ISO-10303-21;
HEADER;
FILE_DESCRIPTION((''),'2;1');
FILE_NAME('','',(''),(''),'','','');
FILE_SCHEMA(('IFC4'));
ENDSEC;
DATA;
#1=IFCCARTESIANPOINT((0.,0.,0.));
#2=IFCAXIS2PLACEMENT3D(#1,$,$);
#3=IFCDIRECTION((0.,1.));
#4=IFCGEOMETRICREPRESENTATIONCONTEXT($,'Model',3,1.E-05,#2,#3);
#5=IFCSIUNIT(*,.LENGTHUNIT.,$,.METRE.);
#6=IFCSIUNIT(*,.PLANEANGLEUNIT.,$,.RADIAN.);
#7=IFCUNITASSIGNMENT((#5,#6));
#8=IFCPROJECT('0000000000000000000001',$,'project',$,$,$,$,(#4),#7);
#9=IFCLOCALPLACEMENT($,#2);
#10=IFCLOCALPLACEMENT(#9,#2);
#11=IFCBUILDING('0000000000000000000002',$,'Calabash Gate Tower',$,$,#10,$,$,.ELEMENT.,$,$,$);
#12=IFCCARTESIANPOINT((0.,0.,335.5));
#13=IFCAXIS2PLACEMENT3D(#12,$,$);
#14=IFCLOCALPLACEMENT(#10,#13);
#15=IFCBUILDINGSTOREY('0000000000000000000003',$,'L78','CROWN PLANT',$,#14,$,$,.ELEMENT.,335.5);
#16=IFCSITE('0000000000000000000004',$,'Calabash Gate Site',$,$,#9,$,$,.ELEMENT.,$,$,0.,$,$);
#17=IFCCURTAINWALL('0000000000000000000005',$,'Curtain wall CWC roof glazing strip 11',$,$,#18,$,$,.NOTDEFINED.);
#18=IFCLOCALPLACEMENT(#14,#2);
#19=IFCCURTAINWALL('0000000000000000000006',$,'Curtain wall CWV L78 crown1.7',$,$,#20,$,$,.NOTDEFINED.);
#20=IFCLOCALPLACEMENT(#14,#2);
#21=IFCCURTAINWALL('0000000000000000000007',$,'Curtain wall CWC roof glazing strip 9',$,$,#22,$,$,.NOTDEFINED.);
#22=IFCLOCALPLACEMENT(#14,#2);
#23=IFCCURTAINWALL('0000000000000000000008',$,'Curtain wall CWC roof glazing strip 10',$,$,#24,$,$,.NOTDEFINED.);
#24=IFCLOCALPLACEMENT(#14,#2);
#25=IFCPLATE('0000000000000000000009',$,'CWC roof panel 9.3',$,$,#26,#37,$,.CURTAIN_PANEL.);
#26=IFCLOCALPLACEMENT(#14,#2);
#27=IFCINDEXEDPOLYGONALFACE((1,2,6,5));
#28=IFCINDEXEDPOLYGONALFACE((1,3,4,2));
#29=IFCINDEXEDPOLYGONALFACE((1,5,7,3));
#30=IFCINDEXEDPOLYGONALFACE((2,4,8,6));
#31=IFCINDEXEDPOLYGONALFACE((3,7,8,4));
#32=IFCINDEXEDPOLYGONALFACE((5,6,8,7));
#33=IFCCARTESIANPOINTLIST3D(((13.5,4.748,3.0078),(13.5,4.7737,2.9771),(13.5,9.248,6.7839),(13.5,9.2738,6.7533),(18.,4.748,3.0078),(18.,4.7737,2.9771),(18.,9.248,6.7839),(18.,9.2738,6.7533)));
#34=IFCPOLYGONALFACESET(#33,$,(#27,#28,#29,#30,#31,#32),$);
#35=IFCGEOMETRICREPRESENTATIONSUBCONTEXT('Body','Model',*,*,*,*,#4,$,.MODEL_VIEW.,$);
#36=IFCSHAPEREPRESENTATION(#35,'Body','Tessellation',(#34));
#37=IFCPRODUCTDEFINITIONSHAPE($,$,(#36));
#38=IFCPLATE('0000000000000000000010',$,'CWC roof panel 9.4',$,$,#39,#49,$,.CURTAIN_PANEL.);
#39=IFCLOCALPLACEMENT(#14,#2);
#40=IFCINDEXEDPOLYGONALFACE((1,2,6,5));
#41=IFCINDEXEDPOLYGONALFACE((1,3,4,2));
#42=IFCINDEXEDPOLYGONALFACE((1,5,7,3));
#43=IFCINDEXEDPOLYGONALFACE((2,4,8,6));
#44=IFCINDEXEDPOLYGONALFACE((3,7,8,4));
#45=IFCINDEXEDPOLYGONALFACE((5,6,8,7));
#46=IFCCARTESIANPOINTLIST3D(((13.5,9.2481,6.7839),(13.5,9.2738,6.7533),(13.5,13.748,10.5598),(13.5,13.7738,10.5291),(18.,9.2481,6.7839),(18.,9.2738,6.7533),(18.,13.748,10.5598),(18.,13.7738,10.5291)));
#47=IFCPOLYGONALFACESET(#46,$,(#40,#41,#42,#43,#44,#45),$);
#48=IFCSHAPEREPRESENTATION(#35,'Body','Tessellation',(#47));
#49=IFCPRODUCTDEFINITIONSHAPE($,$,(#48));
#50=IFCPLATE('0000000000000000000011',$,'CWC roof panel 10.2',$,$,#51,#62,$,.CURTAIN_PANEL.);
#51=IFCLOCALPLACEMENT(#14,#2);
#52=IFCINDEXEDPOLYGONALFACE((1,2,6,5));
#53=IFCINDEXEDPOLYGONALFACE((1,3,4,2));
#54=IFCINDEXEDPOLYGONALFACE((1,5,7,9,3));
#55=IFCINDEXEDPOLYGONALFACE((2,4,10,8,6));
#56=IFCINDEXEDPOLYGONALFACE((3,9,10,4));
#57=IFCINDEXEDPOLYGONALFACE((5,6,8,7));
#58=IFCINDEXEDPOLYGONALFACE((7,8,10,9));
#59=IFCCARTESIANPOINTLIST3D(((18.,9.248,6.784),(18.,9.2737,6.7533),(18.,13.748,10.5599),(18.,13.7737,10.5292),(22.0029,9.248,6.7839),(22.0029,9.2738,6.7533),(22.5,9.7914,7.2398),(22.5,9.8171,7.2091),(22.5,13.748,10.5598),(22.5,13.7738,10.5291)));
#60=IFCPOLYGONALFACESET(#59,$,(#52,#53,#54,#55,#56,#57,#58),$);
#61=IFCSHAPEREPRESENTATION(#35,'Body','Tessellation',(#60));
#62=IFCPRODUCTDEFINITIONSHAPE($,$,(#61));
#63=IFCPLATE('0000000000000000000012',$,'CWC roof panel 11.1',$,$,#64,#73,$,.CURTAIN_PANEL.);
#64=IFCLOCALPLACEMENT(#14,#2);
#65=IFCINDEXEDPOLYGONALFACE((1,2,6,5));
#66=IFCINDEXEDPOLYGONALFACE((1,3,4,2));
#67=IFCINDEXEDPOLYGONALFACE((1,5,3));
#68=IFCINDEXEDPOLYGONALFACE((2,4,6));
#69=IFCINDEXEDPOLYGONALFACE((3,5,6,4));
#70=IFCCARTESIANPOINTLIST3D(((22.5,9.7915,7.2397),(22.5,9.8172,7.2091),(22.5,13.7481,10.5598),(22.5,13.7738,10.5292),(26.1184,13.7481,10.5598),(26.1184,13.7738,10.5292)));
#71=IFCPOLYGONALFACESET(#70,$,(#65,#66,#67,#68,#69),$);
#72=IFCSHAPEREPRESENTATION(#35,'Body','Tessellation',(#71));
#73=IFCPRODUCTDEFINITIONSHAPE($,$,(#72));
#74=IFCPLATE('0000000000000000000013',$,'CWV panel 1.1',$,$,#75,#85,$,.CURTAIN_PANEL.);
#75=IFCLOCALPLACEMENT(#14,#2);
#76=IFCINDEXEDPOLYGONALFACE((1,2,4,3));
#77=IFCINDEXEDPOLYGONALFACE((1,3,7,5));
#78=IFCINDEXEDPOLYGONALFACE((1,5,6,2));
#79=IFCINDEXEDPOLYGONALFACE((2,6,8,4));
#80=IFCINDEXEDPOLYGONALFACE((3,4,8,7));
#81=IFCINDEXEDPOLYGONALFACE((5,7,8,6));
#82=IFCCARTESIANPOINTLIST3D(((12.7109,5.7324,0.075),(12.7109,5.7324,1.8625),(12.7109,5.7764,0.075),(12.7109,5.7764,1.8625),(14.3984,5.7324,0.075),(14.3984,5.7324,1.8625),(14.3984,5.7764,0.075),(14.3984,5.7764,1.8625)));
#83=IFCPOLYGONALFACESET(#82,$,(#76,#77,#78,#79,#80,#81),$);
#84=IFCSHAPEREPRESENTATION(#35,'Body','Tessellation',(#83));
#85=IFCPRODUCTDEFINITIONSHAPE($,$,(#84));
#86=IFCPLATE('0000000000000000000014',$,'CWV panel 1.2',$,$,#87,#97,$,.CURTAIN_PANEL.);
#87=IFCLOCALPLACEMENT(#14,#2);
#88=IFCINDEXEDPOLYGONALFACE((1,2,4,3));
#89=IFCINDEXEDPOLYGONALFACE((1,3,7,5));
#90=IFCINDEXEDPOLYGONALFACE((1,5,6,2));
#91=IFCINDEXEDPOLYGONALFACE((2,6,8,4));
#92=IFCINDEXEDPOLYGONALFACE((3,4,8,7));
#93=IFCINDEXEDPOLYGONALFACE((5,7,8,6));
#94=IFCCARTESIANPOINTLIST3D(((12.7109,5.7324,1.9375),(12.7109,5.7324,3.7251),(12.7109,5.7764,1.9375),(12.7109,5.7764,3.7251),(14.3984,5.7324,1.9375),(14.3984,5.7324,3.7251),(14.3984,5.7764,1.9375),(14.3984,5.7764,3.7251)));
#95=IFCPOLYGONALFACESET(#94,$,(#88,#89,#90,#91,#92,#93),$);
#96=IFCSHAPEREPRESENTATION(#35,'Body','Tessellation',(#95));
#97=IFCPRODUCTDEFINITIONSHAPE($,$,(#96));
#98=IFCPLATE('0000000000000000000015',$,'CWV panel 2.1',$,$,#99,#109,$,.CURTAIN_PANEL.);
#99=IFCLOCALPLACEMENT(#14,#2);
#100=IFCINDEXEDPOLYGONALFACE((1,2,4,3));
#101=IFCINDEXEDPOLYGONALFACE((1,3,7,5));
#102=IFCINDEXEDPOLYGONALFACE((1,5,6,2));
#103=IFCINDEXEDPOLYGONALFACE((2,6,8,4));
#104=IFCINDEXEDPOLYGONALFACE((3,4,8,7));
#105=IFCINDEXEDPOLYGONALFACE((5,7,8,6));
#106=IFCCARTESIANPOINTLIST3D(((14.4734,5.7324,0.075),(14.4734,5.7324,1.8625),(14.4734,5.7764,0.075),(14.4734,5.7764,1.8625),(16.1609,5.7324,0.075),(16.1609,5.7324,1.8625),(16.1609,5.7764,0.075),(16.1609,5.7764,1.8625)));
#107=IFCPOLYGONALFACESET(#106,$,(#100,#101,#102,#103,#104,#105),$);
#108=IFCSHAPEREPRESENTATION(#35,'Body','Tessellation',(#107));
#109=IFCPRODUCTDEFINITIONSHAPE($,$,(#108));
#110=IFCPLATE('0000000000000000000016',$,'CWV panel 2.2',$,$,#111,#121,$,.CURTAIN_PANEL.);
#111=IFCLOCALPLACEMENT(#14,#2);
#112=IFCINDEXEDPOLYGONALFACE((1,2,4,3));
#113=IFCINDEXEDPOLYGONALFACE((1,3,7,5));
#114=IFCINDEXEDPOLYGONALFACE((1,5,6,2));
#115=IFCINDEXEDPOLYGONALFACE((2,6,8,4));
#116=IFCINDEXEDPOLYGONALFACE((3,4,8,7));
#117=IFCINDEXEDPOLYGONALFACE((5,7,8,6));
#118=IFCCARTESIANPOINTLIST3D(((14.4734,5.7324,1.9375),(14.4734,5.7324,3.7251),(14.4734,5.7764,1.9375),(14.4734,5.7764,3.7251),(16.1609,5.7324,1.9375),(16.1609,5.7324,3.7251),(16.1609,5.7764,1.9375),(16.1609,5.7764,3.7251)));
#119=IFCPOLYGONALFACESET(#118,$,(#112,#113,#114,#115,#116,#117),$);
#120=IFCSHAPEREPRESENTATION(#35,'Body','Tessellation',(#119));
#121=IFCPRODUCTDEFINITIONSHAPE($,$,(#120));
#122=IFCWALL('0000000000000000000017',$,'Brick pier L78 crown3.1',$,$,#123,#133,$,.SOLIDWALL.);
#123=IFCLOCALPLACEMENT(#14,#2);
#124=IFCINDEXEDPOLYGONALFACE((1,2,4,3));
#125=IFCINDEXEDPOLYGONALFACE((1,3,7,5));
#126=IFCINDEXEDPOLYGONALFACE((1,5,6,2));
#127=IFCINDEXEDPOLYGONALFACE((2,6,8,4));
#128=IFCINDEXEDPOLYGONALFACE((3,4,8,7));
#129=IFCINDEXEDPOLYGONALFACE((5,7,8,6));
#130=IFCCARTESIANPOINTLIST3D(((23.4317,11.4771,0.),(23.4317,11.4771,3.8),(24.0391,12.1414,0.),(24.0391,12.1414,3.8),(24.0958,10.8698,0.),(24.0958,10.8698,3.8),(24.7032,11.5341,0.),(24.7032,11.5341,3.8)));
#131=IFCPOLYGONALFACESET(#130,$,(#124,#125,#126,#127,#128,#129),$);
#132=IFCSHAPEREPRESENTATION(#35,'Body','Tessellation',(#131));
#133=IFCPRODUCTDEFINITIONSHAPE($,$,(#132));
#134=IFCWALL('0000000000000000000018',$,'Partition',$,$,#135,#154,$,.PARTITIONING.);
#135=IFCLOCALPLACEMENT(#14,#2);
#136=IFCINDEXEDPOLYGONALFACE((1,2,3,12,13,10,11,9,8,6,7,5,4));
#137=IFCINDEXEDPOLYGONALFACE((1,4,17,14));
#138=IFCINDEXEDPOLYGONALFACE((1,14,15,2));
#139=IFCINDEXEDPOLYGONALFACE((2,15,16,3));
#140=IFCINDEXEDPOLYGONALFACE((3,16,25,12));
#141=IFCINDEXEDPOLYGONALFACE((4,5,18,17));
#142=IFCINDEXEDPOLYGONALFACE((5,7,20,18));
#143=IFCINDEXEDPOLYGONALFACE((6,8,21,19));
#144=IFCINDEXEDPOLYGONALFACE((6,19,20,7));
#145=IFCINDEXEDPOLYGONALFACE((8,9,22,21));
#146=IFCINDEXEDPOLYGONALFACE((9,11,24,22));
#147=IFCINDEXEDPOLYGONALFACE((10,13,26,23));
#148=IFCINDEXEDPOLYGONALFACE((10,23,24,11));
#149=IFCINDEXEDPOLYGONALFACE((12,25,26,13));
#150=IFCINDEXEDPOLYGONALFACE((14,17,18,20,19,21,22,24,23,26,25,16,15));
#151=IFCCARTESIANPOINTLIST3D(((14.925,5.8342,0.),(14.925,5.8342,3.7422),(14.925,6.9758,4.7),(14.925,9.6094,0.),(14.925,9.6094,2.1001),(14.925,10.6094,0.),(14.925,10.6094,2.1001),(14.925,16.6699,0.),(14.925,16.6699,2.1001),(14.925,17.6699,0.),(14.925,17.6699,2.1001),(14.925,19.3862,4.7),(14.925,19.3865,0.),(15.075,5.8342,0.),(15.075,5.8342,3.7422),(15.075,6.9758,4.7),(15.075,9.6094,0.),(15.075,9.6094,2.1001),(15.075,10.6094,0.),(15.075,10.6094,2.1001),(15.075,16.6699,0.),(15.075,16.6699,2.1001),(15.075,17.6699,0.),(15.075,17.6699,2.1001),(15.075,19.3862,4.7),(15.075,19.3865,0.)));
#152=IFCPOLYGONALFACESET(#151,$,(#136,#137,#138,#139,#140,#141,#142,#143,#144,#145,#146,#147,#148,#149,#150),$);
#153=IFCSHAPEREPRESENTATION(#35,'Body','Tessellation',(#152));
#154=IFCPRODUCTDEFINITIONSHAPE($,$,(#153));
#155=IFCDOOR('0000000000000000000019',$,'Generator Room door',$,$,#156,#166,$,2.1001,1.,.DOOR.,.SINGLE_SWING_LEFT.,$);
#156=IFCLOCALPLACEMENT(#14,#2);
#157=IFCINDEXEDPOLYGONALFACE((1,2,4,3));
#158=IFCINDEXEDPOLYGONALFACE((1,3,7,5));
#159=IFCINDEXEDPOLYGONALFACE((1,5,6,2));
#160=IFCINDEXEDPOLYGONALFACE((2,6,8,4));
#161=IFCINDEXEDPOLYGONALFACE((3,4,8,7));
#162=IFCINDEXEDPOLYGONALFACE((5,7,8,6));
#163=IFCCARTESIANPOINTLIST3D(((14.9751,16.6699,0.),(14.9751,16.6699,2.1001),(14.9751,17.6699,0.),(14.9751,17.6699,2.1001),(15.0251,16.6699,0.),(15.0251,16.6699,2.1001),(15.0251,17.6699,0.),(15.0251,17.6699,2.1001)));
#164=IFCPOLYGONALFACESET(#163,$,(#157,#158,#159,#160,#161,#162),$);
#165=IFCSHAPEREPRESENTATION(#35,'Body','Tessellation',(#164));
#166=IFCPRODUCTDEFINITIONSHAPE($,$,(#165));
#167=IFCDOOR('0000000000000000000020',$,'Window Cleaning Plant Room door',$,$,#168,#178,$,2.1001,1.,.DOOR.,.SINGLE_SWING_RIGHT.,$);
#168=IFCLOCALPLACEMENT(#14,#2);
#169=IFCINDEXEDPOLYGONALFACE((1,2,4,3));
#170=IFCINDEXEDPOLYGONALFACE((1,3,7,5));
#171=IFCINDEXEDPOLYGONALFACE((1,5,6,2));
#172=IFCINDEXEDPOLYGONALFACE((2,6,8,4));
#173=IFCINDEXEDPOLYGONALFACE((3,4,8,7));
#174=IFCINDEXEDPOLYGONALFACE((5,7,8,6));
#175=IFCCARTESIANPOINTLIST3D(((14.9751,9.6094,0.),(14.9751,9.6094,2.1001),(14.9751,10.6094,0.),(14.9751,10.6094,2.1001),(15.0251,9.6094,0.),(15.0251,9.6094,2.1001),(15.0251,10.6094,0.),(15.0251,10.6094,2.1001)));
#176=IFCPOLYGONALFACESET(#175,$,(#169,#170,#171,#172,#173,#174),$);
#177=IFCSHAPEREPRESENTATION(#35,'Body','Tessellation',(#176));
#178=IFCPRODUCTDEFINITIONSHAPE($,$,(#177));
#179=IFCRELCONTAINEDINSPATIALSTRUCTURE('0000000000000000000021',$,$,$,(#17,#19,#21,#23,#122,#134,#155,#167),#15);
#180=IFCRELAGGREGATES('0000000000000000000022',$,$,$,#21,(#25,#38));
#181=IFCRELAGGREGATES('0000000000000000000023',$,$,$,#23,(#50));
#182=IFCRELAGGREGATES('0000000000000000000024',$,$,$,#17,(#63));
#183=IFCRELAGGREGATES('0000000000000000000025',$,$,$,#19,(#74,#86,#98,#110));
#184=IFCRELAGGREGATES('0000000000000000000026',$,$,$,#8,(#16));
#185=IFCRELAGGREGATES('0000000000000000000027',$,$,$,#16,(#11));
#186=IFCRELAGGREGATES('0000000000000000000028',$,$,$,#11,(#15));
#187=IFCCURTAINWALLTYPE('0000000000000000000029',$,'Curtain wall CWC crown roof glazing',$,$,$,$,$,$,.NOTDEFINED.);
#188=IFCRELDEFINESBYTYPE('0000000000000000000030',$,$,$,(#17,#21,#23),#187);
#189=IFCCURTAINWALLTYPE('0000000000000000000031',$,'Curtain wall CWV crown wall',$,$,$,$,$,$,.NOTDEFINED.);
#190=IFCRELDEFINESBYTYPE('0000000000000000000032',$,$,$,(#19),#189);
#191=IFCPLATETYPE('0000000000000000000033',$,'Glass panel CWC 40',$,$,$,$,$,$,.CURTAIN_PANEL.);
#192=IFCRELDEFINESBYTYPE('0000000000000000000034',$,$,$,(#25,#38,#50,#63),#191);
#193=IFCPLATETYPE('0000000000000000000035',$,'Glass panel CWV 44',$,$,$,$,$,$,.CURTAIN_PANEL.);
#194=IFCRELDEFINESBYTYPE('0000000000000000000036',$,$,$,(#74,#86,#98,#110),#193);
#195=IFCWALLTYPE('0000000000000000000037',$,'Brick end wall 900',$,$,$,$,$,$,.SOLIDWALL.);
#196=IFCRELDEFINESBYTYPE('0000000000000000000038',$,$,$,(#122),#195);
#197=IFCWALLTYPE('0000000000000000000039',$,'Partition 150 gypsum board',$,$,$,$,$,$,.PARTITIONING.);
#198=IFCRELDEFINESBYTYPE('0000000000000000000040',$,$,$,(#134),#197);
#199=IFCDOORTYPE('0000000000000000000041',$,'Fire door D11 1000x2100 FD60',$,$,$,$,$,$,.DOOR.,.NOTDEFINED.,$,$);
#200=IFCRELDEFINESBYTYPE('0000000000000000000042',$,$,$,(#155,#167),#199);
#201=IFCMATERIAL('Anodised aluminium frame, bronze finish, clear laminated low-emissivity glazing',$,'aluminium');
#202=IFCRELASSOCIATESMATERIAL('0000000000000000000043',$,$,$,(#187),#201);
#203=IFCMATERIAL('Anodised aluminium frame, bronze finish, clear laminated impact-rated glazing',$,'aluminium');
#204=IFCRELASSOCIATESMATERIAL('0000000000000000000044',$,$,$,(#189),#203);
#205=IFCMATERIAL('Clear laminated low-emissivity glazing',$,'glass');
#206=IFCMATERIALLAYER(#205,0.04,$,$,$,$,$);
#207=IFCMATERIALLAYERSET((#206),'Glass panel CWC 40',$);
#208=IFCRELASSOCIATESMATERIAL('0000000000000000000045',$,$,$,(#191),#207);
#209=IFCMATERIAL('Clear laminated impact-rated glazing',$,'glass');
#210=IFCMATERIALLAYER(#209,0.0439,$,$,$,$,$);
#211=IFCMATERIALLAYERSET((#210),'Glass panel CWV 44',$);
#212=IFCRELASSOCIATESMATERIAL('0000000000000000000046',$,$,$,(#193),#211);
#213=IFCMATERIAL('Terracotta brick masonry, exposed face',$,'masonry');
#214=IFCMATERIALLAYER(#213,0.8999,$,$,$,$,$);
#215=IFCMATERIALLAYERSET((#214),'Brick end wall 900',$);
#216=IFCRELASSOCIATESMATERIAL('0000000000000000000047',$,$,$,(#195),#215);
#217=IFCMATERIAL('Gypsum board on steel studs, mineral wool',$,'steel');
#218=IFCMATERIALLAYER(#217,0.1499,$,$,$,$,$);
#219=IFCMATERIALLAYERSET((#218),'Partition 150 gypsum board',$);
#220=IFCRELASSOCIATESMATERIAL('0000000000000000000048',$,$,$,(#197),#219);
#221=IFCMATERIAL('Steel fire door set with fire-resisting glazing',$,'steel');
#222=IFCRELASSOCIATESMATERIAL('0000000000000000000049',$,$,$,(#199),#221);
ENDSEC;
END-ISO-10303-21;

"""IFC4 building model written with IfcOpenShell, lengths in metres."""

from ifc_helpers import new_model, si_unit, direction, frame, frame_2d, origin, origin_2d, place, context, subcontext, project, spatial, polyline, rectangle, outline, extrude, material, layer, layer_set, type_object, element, fill, aggregate, save


model = new_model("IFC4")

# Units and contexts
model_context = context("Model", 3, precision=1e-05, world=origin(), true_north=direction((0.0, 1.0)))
body_context = subcontext(model_context, "Body", "Model", "MODEL_VIEW")
ifc_project = project(units=[si_unit("LENGTHUNIT", "METRE"), si_unit("PLANEANGLEUNIT", "RADIAN")], contexts=[model_context])

# Site, building, storey
site_placement = place(None, origin())
site = spatial("IfcSite", under=ifc_project, at=site_placement, Name="Calabash Gate Site", CompositionType="ELEMENT", RefElevation=0.0)
building_placement = place(site_placement, origin())
building = spatial("IfcBuilding", under=site, at=building_placement, Name="Calabash Gate Tower", CompositionType="ELEMENT")
storey_placement = place(building_placement, frame((0.0, 0.0, 335.5)))
storey = spatial("IfcBuildingStorey", under=building, at=storey_placement, Name="L78", Description="CROWN PLANT", CompositionType="ELEMENT", Elevation=335.5)

# Curtain wall
ifc_material_1 = material(Name="Anodised aluminium frame, bronze finish, clear laminated low-emissivity glazing", Category="aluminium")
curtain_wall_type_1 = type_object("IfcCurtainWallType", Name="Curtain wall CWC crown roof glazing", PredefinedType="NOTDEFINED", material=ifc_material_1)
curtain_wall_1_placement = place(storey_placement, origin())
curtain_wall_1 = element("IfcCurtainWall", 1, at=curtain_wall_1_placement, inside=storey, type_object=curtain_wall_type_1, Name="Curtain wall CWC roof glazing strip 11", PredefinedType="NOTDEFINED")

# Curtain wall
ifc_material_2 = material(Name="Anodised aluminium frame, bronze finish, clear laminated impact-rated glazing", Category="aluminium")
curtain_wall_type_2 = type_object("IfcCurtainWallType", Name="Curtain wall CWV crown wall", PredefinedType="NOTDEFINED", material=ifc_material_2)
curtain_wall_2_placement = place(storey_placement, origin())
curtain_wall_2 = element("IfcCurtainWall", 2, at=curtain_wall_2_placement, inside=storey, type_object=curtain_wall_type_2, Name="Curtain wall CWV L78 crown1.7", PredefinedType="NOTDEFINED")

# Curtain walls
curtain_wall_3_placement = place(storey_placement, origin())
curtain_wall_3 = element("IfcCurtainWall", 3, at=curtain_wall_3_placement, inside=storey, type_object=curtain_wall_type_1, Name="Curtain wall CWC roof glazing strip 9", PredefinedType="NOTDEFINED")
curtain_wall_4_placement = place(storey_placement, origin())
curtain_wall_4 = element("IfcCurtainWall", 4, at=curtain_wall_4_placement, inside=storey, type_object=curtain_wall_type_1, Name="Curtain wall CWC roof glazing strip 10", PredefinedType="NOTDEFINED")

# Plates
ifc_material_3 = material(Name="Clear laminated low-emissivity glazing", Category="glass")
ifc_layer_1 = layer(ifc_material_3, 0.04)
ifc_layer_set_1 = layer_set([ifc_layer_1], Name="Glass panel CWC 40")
plate_type_1 = type_object("IfcPlateType", Name="Glass panel CWC 40", PredefinedType="CURTAIN_PANEL", material=ifc_layer_set_1)
plate_1_placement = place(storey_placement, frame((13.5, 9.248, 6.7839), z_axis=(0.0, -0.642805, 0.76603), x_axis=(1.0, 0.0, 0.0)))
plate_1 = element("IfcPlate", 5, at=plate_1_placement, type_object=plate_type_1, Name="CWC roof panel 9.3", PredefinedType="CURTAIN_PANEL", context=body_context, shape_type="SweptSolid", body=[
    extrude(outline(polyline([(0.0, 0.0), (4.5, 0.0), (4.5, -5.8745), (0.0, -5.8745), (0.0, 0.0)])), origin(), (0.0, 0.0, -1.0), 0.04),
])
plate_2_placement = place(storey_placement, frame((13.5, 13.748, 10.5598), z_axis=(0.0, -0.642781, 0.76605), x_axis=(1.0, 0.0, 0.0)))
plate_2 = element("IfcPlate", 6, at=plate_2_placement, type_object=plate_type_1, Name="CWC roof panel 9.4", PredefinedType="CURTAIN_PANEL", context=body_context, shape_type="SweptSolid", body=[
    extrude(outline(polyline([(0.0, 0.0), (4.5, 0.0), (4.5, -5.8743), (0.0, -5.8743), (0.0, 0.0)])), origin(), (0.0, 0.0, -1.0), 0.04),
])
aggregate(curtain_wall_3, [plate_1, plate_2])
plate_3_placement = place(storey_placement, frame((22.0029, 9.248, 6.7839), z_axis=(0.000017, -0.642782, 0.766049), x_axis=(-1.0, -0.000011, 0.000013)))
plate_3 = element("IfcPlate", 7, at=plate_3_placement, type_object=plate_type_1, Name="CWC roof panel 10.2", PredefinedType="CURTAIN_PANEL", context=body_context, shape_type="SweptSolid", body=[
    extrude(outline(polyline([(0.0, 0.0), (4.0029, 0.0), (4.0029, -5.8743), (-0.4971, -5.8743), (-0.4971, -0.7092), (0.0, 0.0)])), origin(), (0.0, 0.0, -1.0), 0.04),
])
aggregate(curtain_wall_4, [plate_3])
plate_4_placement = place(storey_placement, frame((22.5, 9.7915, 7.2397), z_axis=(0.0, -0.642803, 0.766032), x_axis=(0.0, 0.766032, 0.642803)))
plate_4 = element("IfcPlate", 8, at=plate_4_placement, type_object=plate_type_1, Name="CWC roof panel 11.1", PredefinedType="CURTAIN_PANEL", context=body_context, shape_type="SweptSolid", body=[
    extrude(outline(polyline([(0.0, 0.0), (5.165, 0.0), (5.165, -3.6184), (0.0, 0.0)])), origin(), (0.0, 0.0, -1.0), 0.04),
])
aggregate(curtain_wall_1, [plate_4])
ifc_material_4 = material(Name="Clear laminated impact-rated glazing", Category="glass")
ifc_layer_2 = layer(ifc_material_4, 0.0439)
ifc_layer_set_2 = layer_set([ifc_layer_2], Name="Glass panel CWV 44")
plate_type_2 = type_object("IfcPlateType", Name="Glass panel CWV 44", PredefinedType="CURTAIN_PANEL", material=ifc_layer_set_2)
plate_5_placement = place(storey_placement, frame((13.5547, 5.7544, 0.075), z_axis=(0.0, 0.0, 1.0), x_axis=(1.0, 0.0, 0.0)))
plate_5 = element("IfcPlate", 9, at=plate_5_placement, type_object=plate_type_2, Name="CWV panel 1.1", PredefinedType="CURTAIN_PANEL", context=body_context, shape_type="SweptSolid", body=[
    extrude(rectangle(XDim=1.6875, YDim=0.0439, at=origin_2d()), origin(), (0.0, 0.0, 1.0), 1.7876),
])
plate_6_placement = place(storey_placement, frame((13.5547, 5.7544, 1.9375), z_axis=(0.0, 0.0, 1.0), x_axis=(1.0, 0.0, 0.0)))
plate_6 = element("IfcPlate", 10, at=plate_6_placement, type_object=plate_type_2, Name="CWV panel 1.2", PredefinedType="CURTAIN_PANEL", context=body_context, shape_type="SweptSolid", body=[
    extrude(rectangle(XDim=1.6875, YDim=0.0439, at=origin_2d()), origin(), (0.0, 0.0, 1.0), 1.7876),
])
plate_7_placement = place(storey_placement, frame((15.3171, 5.7544, 0.075), z_axis=(0.0, 0.0, 1.0), x_axis=(1.0, 0.0, 0.0)))
plate_7 = element("IfcPlate", 11, at=plate_7_placement, type_object=plate_type_2, Name="CWV panel 2.1", PredefinedType="CURTAIN_PANEL", context=body_context, shape_type="SweptSolid", body=[
    extrude(rectangle(XDim=1.6875, YDim=0.0439, at=origin_2d()), origin(), (0.0, 0.0, 1.0), 1.7876),
])
plate_8_placement = place(storey_placement, frame((15.3171, 5.7544, 1.9375), z_axis=(0.0, 0.0, 1.0), x_axis=(1.0, 0.0, 0.0)))
plate_8 = element("IfcPlate", 12, at=plate_8_placement, type_object=plate_type_2, Name="CWV panel 2.2", PredefinedType="CURTAIN_PANEL", context=body_context, shape_type="SweptSolid", body=[
    extrude(rectangle(XDim=1.6875, YDim=0.0439, at=origin_2d()), origin(), (0.0, 0.0, 1.0), 1.7876),
])
aggregate(curtain_wall_2, [plate_5, plate_6, plate_7, plate_8])

# Wall
ifc_material_5 = material(Name="Terracotta brick masonry, exposed face", Category="masonry")
ifc_layer_3 = layer(ifc_material_5, 0.8999)
ifc_layer_set_3 = layer_set([ifc_layer_3], Name="Brick end wall 900")
wall_type_1 = type_object("IfcWallType", Name="Brick end wall 900", PredefinedType="SOLIDWALL", material=ifc_layer_set_3)
wall_1_placement = place(storey_placement, frame((23.7637, 11.1733, 0.0), z_axis=(0.0, 0.0, 1.0), x_axis=(0.674803, 0.737998, 0.0)))
element("IfcWall", 13, at=wall_1_placement, inside=storey, type_object=wall_type_1, Name="Brick pier L78 crown3.1", PredefinedType="SOLIDWALL", context=body_context, shape_type="SweptSolid", body=[
    extrude(rectangle(XDim=0.9001, YDim=0.8999, at=frame_2d((0.4502, 0.0))), origin(), (0.0, 0.0, 1.0), 3.8),
])

# Wall, openings, doors
ifc_material_6 = material(Name="Gypsum board on steel studs, mineral wool", Category="steel")
ifc_layer_4 = layer(ifc_material_6, 0.1499)
ifc_layer_set_4 = layer_set([ifc_layer_4], Name="Partition 150 gypsum board")
wall_type_2 = type_object("IfcWallType", Name="Partition 150 gypsum board", PredefinedType="PARTITIONING", material=ifc_layer_set_4)
wall_2_placement = place(storey_placement, frame((15.0, 5.8342, 0.0), z_axis=(0.0, 0.0, 1.0), x_axis=(0.0, 1.0, 0.0)))
wall_2 = element("IfcWall", 14, at=wall_2_placement, inside=storey, type_object=wall_type_2, Name="Partition", PredefinedType="PARTITIONING", context=body_context, shape_type="SweptSolid", body=[
    extrude(outline(polyline([(0.0, 0.0), (13.5522, 0.0), (13.552, 4.7), (1.1416, 4.7), (0.0, 3.7422), (0.0, 0.0)])), frame((0.0, 0.075, 0.0), z_axis=(0.0, -1.0, 0.0), x_axis=(1.0, 0.0, 0.0)), (0.0, 0.0, 1.0), 0.1499),
])
opening_1_placement = place(wall_2_placement, frame((10.8357, 0.0, 0.0)))
opening_1 = element("IfcOpeningElement", 15, at=opening_1_placement, cuts=wall_2, PredefinedType="OPENING", context=body_context, shape_type="SweptSolid", body=[
    extrude(rectangle(XDim=1.0, YDim=2.1001, at=frame_2d((0.5, 1.05))), frame((0.0, 0.085, 0.0), z_axis=(0.0, -1.0, 0.0), x_axis=(1.0, 0.0, 0.0)), (0.0, 0.0, 1.0), 0.1699),
])
opening_2_placement = place(wall_2_placement, frame((3.7751, 0.0, 0.0)))
opening_2 = element("IfcOpeningElement", 16, at=opening_2_placement, cuts=wall_2, PredefinedType="OPENING", context=body_context, shape_type="SweptSolid", body=[
    extrude(rectangle(XDim=1.0, YDim=2.1001, at=frame_2d((0.5, 1.05))), frame((0.0, 0.085, 0.0), z_axis=(0.0, -1.0, 0.0), x_axis=(1.0, 0.0, 0.0)), (0.0, 0.0, 1.0), 0.1699),
])
ifc_material_7 = material(Name="Steel fire door set with fire-resisting glazing", Category="steel")
door_type = type_object("IfcDoorType", Name="Fire door D11 1000x2100 FD60", OperationType="NOTDEFINED", PredefinedType="DOOR", material=ifc_material_7)
door_1_placement = place(opening_1_placement, origin())
door_1 = element("IfcDoor", 17, at=door_1_placement, inside=storey, type_object=door_type, Name="Generator Room door", OperationType="SINGLE_SWING_LEFT", OverallHeight=2.1001, OverallWidth=1.0, PredefinedType="DOOR", context=body_context, shape_type="SweptSolid", body=[
    extrude(rectangle(XDim=1.0, YDim=2.1001, at=frame_2d((0.5, 1.05))), frame((0.0, 0.0249, 0.0), z_axis=(0.0, -1.0, 0.0), x_axis=(1.0, 0.0, 0.0)), (0.0, 0.0, 1.0), 0.05),
])
fill(opening_1, door_1)
door_2_placement = place(opening_2_placement, origin())
door_2 = element("IfcDoor", 18, at=door_2_placement, inside=storey, type_object=door_type, Name="Window Cleaning Plant Room door", OperationType="SINGLE_SWING_RIGHT", OverallHeight=2.1001, OverallWidth=1.0, PredefinedType="DOOR", context=body_context, shape_type="SweptSolid", body=[
    extrude(rectangle(XDim=1.0, YDim=2.1001, at=frame_2d((0.5, 1.05))), frame((0.0, 0.0249, 0.0), z_axis=(0.0, -1.0, 0.0), x_axis=(1.0, 0.0, 0.0)), (0.0, 0.0, 1.0), 0.05),
])
fill(opening_2, door_2)

save(model, "model.ifc")
